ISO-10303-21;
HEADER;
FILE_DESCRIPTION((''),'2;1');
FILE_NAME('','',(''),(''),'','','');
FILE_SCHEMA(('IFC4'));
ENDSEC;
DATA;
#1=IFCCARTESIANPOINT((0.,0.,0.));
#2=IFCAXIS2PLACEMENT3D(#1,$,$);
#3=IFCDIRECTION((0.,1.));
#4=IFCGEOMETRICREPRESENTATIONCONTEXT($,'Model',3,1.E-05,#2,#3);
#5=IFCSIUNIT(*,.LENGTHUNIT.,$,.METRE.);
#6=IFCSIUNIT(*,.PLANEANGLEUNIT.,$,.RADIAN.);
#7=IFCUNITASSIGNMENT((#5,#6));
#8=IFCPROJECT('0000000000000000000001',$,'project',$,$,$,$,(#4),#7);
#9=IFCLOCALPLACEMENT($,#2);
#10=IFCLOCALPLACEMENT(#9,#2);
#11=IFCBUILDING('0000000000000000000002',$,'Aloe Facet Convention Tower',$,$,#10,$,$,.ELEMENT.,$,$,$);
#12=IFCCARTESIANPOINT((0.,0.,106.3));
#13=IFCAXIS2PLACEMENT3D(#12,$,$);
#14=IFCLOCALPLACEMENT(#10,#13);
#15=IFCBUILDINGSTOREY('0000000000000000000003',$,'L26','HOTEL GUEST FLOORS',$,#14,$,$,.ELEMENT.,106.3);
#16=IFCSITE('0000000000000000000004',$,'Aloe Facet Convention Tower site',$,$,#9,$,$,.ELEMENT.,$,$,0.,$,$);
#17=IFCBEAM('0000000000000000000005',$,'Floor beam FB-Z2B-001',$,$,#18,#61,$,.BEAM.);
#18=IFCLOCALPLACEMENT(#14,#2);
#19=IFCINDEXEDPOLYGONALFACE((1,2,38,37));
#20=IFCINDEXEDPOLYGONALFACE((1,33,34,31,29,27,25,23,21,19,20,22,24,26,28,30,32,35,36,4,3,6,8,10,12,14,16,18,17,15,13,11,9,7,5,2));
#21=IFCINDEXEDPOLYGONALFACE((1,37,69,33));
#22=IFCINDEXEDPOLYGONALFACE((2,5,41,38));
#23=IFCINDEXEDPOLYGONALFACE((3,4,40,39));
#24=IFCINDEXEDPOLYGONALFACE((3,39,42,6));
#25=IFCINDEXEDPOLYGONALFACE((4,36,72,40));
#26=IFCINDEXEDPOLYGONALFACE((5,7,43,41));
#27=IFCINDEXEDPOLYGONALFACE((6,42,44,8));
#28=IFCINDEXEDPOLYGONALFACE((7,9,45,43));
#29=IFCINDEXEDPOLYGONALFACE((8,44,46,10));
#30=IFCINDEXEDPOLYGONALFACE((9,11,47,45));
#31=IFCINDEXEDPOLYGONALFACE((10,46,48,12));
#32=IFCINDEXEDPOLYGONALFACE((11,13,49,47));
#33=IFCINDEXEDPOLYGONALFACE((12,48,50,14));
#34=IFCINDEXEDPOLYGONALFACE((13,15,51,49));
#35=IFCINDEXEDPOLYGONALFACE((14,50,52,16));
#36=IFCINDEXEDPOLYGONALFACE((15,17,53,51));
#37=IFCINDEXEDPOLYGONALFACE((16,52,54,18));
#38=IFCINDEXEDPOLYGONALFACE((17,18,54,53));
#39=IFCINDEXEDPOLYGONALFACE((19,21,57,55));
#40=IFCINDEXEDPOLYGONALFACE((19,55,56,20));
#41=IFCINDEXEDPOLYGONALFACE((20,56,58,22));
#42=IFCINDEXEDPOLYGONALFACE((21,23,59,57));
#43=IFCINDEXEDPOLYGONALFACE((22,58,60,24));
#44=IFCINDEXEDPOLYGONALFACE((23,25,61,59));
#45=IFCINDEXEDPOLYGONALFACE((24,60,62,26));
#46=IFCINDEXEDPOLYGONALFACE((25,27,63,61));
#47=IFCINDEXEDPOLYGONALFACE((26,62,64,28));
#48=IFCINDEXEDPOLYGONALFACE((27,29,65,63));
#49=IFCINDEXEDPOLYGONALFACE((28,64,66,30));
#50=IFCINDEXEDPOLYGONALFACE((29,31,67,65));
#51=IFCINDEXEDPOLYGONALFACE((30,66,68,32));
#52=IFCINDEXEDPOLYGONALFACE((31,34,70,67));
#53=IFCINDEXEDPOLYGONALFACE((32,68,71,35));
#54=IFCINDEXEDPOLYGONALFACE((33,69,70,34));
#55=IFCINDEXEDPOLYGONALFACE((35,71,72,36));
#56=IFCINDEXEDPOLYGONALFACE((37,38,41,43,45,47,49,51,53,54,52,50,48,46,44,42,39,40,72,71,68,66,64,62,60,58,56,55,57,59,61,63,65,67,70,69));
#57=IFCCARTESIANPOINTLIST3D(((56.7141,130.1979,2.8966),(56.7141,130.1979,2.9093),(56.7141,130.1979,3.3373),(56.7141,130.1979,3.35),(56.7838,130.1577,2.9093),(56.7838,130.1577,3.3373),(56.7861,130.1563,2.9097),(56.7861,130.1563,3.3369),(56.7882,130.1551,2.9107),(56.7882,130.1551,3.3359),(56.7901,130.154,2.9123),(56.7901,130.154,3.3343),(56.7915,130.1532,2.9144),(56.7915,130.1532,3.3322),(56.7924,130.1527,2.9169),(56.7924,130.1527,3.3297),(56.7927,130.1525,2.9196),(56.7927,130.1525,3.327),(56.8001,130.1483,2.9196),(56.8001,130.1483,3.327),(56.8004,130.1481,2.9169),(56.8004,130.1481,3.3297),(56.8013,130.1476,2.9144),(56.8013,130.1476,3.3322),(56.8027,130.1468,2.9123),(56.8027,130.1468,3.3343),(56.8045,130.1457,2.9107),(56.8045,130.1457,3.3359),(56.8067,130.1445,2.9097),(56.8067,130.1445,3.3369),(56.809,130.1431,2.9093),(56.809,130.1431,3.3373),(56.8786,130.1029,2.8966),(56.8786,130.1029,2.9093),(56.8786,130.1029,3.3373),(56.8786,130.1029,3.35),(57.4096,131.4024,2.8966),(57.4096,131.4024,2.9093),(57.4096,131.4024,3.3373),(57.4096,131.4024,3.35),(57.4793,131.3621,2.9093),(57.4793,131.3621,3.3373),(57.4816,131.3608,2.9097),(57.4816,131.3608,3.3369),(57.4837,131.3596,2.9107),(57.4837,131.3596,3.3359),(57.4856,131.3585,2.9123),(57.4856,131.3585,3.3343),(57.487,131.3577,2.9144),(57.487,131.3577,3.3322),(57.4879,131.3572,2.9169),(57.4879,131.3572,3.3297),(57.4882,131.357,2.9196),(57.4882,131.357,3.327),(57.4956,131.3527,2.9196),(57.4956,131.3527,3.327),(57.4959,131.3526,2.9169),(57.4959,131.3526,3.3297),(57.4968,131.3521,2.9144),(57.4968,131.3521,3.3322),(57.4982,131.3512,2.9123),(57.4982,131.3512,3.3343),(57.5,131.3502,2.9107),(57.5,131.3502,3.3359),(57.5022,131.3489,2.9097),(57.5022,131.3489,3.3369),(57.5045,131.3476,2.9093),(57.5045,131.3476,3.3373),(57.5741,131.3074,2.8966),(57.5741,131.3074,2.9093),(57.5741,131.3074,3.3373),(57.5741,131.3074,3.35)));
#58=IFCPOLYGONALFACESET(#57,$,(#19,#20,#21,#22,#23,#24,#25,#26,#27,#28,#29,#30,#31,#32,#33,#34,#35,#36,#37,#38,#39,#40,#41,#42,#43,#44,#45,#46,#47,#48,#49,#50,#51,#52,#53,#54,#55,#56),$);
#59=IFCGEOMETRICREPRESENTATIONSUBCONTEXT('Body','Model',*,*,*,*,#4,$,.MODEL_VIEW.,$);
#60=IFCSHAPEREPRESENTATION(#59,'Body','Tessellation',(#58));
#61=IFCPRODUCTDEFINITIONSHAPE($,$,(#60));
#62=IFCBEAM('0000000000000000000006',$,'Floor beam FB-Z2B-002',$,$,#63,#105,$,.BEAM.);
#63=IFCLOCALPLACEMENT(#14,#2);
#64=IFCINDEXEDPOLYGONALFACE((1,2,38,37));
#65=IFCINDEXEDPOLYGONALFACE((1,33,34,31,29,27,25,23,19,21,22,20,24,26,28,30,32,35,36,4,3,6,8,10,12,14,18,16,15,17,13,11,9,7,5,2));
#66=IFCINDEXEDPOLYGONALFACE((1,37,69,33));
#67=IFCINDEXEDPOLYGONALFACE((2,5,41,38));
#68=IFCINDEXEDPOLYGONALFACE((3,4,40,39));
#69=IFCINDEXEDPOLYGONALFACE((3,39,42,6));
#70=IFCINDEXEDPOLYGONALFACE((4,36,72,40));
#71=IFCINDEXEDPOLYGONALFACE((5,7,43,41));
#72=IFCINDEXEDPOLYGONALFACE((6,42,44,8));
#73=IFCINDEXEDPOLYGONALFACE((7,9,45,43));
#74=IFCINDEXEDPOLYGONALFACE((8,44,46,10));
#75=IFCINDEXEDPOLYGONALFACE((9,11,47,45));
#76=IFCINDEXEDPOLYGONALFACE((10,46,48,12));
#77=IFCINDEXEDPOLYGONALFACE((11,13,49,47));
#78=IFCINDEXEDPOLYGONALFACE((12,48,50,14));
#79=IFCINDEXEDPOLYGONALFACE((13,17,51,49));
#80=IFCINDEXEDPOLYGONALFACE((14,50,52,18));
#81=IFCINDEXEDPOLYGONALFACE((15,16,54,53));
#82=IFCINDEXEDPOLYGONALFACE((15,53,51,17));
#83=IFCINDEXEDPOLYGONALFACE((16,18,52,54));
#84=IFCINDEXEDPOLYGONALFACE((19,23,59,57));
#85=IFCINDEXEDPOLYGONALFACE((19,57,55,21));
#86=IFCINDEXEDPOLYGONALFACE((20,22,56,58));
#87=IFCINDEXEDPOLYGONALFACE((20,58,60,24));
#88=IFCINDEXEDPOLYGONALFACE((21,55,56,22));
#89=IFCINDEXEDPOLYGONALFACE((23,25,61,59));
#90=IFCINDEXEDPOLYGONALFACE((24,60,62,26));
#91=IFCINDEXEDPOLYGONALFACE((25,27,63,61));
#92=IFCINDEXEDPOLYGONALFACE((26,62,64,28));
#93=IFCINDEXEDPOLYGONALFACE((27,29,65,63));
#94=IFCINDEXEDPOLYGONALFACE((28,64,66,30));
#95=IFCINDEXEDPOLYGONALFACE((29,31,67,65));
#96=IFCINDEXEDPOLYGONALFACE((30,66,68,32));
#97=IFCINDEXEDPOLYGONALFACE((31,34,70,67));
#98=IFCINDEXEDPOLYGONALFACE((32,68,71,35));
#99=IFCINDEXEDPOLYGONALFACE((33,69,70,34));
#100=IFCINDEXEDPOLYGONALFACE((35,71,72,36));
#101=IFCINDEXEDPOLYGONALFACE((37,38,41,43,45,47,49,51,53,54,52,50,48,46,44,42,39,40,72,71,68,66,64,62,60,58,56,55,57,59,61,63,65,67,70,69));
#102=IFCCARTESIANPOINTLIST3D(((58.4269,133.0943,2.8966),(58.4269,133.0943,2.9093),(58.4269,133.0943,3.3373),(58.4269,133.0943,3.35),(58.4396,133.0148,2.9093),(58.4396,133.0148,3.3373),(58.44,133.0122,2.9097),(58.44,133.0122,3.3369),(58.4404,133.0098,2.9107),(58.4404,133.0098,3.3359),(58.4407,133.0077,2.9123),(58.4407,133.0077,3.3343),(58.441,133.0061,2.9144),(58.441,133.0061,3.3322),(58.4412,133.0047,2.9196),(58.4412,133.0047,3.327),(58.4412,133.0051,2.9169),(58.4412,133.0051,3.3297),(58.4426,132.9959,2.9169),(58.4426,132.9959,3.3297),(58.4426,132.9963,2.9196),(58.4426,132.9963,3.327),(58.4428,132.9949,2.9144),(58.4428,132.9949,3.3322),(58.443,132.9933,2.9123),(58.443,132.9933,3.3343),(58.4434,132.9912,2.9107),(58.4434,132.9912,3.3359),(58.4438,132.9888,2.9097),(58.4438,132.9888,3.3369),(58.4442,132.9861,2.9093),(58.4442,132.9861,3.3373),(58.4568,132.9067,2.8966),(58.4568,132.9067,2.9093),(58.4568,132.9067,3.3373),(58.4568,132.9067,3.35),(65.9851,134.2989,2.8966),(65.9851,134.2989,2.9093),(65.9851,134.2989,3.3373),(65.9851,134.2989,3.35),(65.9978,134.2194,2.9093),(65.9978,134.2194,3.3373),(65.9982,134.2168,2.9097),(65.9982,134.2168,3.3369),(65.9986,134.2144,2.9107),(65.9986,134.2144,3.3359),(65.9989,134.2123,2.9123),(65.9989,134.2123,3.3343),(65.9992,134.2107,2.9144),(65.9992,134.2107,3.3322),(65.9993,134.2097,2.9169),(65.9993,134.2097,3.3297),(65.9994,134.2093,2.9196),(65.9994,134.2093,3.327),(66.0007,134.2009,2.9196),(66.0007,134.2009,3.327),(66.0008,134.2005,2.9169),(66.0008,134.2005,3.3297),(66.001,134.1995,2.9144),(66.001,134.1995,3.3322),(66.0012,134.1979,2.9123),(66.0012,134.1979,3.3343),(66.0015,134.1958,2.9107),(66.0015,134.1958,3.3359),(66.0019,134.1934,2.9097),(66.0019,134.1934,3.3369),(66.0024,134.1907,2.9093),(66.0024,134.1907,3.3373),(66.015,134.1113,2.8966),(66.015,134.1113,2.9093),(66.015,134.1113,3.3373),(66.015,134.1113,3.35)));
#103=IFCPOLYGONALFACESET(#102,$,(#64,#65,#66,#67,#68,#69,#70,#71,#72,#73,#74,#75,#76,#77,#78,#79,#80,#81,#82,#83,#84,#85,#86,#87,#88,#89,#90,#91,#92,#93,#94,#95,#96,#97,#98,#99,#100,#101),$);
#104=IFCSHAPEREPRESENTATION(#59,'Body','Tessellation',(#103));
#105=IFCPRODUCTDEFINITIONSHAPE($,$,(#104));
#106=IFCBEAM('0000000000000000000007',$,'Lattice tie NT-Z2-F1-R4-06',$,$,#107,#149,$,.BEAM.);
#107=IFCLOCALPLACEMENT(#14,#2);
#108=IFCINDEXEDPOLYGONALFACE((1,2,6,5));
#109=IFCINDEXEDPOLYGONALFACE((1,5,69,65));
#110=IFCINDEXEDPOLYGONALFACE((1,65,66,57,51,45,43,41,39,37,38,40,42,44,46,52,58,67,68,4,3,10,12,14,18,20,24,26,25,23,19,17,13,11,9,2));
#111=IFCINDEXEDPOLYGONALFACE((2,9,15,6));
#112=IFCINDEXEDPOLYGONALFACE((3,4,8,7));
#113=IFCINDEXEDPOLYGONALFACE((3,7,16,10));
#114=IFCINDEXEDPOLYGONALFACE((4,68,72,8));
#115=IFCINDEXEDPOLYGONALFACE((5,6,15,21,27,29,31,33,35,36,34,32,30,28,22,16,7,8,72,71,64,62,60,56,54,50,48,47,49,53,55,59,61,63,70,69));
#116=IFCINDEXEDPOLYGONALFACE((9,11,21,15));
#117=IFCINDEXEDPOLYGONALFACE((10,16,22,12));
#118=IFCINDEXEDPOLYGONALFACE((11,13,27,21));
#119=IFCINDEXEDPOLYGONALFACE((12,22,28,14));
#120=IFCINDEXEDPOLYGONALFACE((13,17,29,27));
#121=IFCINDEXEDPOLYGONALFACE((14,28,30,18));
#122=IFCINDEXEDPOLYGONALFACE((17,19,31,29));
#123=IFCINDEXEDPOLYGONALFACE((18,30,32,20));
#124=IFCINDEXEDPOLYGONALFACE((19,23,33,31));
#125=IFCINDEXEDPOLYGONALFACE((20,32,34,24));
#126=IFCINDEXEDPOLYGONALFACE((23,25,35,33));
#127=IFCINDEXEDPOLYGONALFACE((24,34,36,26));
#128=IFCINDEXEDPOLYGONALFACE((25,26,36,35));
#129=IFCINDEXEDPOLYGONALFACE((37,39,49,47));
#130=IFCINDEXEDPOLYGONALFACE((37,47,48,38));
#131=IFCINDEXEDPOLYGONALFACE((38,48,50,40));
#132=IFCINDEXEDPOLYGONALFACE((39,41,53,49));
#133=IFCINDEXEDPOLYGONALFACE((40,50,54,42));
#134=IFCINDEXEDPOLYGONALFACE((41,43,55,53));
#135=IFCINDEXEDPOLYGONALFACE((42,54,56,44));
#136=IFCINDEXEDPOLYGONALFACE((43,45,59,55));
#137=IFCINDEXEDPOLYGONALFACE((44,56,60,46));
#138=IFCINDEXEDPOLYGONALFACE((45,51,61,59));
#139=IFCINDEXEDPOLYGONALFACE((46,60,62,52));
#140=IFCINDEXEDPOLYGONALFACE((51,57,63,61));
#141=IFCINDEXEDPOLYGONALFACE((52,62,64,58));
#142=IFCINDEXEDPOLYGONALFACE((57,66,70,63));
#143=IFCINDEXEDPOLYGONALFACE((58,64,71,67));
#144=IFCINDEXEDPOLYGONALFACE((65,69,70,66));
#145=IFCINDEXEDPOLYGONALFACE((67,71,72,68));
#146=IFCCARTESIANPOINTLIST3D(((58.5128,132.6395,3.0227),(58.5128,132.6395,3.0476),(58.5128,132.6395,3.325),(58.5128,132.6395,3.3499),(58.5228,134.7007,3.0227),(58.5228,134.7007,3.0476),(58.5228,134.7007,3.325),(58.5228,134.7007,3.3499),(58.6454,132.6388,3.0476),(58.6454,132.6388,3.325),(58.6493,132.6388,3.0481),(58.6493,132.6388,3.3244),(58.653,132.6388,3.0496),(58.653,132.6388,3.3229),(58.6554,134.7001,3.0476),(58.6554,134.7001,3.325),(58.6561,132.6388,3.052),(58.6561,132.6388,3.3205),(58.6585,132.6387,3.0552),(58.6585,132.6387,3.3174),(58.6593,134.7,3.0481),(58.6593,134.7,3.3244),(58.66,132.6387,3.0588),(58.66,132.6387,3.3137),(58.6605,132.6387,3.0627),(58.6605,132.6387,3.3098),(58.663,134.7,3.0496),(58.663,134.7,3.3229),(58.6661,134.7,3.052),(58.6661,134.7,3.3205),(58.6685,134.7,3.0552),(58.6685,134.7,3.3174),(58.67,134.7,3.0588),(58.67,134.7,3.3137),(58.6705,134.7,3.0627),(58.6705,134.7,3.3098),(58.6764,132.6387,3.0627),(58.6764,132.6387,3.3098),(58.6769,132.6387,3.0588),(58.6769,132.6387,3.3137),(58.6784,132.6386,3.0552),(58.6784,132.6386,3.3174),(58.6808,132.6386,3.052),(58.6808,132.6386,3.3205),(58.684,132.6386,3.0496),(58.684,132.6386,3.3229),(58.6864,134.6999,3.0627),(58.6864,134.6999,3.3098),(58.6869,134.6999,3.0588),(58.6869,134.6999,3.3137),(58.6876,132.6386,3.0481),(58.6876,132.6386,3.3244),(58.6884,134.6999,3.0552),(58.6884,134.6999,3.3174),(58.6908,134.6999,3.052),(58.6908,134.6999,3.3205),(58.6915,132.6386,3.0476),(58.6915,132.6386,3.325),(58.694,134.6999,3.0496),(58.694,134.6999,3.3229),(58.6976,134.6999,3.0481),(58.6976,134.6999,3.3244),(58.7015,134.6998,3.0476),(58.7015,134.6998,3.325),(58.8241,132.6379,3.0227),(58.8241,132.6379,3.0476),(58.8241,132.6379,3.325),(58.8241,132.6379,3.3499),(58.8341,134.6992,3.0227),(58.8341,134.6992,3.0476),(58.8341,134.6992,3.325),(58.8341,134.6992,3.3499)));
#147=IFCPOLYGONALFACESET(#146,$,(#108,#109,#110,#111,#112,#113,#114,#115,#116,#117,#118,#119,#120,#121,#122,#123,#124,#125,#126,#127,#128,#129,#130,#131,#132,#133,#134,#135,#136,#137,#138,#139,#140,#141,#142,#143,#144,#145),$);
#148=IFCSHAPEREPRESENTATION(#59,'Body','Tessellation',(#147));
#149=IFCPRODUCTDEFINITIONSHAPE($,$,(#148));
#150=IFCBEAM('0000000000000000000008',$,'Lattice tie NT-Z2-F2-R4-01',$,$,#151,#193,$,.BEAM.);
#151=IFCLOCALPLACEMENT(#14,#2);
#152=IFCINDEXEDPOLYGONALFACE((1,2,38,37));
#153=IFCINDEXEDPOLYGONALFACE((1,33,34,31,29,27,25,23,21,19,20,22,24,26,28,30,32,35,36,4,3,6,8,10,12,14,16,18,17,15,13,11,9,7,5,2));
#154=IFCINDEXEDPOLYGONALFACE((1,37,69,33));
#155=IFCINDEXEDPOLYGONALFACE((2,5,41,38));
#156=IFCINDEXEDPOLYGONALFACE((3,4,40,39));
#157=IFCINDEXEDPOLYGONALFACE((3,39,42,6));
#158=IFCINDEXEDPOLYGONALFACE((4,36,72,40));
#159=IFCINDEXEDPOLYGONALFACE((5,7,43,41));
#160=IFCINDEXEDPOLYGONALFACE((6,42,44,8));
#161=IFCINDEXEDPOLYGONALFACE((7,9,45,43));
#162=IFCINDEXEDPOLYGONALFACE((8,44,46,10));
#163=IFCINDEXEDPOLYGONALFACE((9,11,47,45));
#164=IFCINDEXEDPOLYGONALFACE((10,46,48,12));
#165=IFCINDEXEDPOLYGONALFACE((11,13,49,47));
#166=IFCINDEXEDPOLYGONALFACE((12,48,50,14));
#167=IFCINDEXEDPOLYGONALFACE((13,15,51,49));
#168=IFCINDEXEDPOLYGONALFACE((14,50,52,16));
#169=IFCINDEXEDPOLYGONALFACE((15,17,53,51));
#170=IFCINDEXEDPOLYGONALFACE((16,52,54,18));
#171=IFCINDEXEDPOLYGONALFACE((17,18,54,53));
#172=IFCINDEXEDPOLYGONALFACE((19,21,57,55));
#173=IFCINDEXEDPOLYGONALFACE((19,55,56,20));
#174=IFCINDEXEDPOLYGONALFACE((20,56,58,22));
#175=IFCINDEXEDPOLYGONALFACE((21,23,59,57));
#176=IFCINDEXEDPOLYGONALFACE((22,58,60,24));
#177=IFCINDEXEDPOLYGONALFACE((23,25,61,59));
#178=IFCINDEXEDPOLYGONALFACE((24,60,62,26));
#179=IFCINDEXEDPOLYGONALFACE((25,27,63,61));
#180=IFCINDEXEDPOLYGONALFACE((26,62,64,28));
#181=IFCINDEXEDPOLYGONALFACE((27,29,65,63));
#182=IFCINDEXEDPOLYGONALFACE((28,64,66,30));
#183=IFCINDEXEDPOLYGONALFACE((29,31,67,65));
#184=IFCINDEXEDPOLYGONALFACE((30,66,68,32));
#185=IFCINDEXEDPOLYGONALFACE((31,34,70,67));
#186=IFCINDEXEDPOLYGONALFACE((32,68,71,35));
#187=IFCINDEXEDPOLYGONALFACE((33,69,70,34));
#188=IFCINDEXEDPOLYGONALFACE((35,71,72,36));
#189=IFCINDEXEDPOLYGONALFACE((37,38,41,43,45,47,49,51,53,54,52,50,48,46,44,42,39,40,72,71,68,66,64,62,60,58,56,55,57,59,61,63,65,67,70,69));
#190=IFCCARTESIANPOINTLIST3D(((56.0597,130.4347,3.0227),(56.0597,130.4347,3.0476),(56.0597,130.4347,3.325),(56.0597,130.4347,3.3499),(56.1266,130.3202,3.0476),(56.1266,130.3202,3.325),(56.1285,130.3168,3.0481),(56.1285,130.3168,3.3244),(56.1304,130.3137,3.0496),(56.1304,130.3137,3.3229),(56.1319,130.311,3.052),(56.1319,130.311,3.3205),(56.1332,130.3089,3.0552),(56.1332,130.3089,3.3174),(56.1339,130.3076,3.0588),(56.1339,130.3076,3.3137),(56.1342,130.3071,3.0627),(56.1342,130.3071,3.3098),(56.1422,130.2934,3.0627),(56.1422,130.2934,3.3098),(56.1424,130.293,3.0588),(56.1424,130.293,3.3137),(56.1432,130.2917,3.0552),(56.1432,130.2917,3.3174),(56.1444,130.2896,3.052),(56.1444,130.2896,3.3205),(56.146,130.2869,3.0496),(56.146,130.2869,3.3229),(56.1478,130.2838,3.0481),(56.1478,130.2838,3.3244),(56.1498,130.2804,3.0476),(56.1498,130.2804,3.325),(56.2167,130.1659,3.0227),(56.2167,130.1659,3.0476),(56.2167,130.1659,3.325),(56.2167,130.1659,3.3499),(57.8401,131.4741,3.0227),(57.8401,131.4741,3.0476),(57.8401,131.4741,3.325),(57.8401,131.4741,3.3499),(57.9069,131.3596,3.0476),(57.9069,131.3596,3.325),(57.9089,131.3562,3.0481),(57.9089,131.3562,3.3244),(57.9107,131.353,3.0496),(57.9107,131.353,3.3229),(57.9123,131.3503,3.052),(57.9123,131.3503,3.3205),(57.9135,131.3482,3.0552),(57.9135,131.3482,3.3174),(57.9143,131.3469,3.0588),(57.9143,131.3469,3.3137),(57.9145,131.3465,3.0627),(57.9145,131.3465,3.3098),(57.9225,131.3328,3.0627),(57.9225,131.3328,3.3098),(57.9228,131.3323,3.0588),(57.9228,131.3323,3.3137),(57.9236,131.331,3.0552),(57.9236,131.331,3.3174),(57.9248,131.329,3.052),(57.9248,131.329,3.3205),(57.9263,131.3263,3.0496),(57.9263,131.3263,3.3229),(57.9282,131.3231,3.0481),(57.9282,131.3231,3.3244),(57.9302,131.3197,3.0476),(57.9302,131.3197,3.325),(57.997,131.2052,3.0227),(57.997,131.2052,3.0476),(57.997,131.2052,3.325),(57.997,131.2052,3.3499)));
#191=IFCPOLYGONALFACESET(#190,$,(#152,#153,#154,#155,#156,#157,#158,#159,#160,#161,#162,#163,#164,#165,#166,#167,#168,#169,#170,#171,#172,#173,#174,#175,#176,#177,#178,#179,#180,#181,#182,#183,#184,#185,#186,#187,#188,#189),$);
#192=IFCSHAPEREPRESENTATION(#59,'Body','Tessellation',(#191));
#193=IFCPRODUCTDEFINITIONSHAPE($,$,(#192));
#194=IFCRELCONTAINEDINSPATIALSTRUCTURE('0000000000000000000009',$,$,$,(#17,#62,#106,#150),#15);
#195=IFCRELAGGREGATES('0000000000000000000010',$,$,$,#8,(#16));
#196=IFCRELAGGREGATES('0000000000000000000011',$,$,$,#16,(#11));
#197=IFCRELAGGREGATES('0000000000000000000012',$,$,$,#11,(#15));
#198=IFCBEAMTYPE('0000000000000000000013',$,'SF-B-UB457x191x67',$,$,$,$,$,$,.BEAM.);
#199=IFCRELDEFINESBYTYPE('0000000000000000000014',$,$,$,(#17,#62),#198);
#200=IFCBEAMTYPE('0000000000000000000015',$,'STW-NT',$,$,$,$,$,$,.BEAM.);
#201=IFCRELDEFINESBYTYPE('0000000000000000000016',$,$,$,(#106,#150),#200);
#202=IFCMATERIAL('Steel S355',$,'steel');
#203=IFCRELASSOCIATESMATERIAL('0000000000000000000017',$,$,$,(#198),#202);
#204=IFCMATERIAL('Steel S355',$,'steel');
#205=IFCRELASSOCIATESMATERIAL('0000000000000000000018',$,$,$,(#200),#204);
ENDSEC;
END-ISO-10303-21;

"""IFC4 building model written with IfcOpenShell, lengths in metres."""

from ifc_helpers import new_model, si_unit, direction, frame, origin, origin_2d, place, context, subcontext, project, spatial, i_section, extrude, material, material_profile, profile_set, type_object, element, save


model = new_model("IFC4")

# Units and contexts
model_context = context("Model", 3, precision=1e-05, world=origin(), true_north=direction((0.0, 1.0)))
body_context = subcontext(model_context, "Body", "Model", "MODEL_VIEW")
ifc_project = project(units=[si_unit("LENGTHUNIT", "METRE"), si_unit("PLANEANGLEUNIT", "RADIAN")], contexts=[model_context])

# Site, building, storey
site_placement = place(None, origin())
site = spatial("IfcSite", under=ifc_project, at=site_placement, Name="Aloe Facet Convention Tower site", CompositionType="ELEMENT", RefElevation=0.0)
building_placement = place(site_placement, origin())
building = spatial("IfcBuilding", under=site, at=building_placement, Name="Aloe Facet Convention Tower", CompositionType="ELEMENT")
storey_placement = place(building_placement, frame((0.0, 0.0, 106.3)))
storey = spatial("IfcBuildingStorey", under=building, at=storey_placement, Name="L26", Description="HOTEL GUEST FLOORS", CompositionType="ELEMENT", Elevation=106.3)

# Beams
ifc_material_1 = material(Name="Steel S355", Category="steel")
ifc_material_profile_1 = material_profile(ifc_material_1, i_section(OverallWidth=0.1899, OverallDepth=0.4534, WebThickness=0.0085, FlangeThickness=0.0127, FilletRadius=0.0103, at=origin_2d()), Name="UB 457x191x67")
ifc_profile_set_1 = profile_set([ifc_material_profile_1], Name="Steel S355")
beam_type_1 = type_object("IfcBeamType", Name="SF-B-UB457x191x67", PredefinedType="BEAM", material=ifc_profile_set_1)
beam_1_placement = place(storey_placement, frame((56.7964, 130.1504, 3.1233), z_axis=(0.500047, 0.865999, 0.0), x_axis=(-0.865999, 0.500047, 0.0)))
element("IfcBeam", 1, at=beam_1_placement, inside=storey, type_object=beam_type_1, Name="Floor beam FB-Z2B-001", PredefinedType="BEAM", context=body_context, shape_type="SweptSolid", body=[
    extrude(i_section(OverallWidth=0.1899, OverallDepth=0.4534, WebThickness=0.0085, FlangeThickness=0.0127, FilletRadius=0.0103, at=origin_2d()), origin(), (0.0, 0.0, 1.0), 1.3909),
])
beam_2_placement = place(storey_placement, frame((58.4419, 133.0005, 3.1233), z_axis=(0.987536, 0.157391, 0.0), x_axis=(-0.157391, 0.987536, 0.0)))
element("IfcBeam", 2, at=beam_2_placement, inside=storey, type_object=beam_type_1, Name="Floor beam FB-Z2B-002", PredefinedType="BEAM", context=body_context, shape_type="SweptSolid", body=[
    extrude(i_section(OverallWidth=0.1899, OverallDepth=0.4534, WebThickness=0.0085, FlangeThickness=0.0127, FilletRadius=0.0103, at=origin_2d()), origin(), (0.0, 0.0, 1.0), 7.6536),
])
ifc_material_2 = material(Name="Steel S355", Category="steel")
ifc_material_profile_2 = material_profile(ifc_material_2, i_section(OverallWidth=0.3113, OverallDepth=0.3271, WebThickness=0.0159, FlangeThickness=0.0249, FilletRadius=0.0151, at=origin_2d()), Name="UC 305x305x158")
ifc_profile_set_2 = profile_set([ifc_material_profile_2], Name="Steel S355")
beam_type_2 = type_object("IfcBeamType", Name="STW-NT", PredefinedType="BEAM", material=ifc_profile_set_2)
beam_3_placement = place(storey_placement, frame((58.6785, 134.7, 3.1863), z_axis=(-0.004856, -0.999988, 0.0), x_axis=(0.999988, -0.004856, 0.0)))
element("IfcBeam", 3, at=beam_3_placement, inside=storey, type_object=beam_type_2, Name="Lattice tie NT-Z2-F1-R4-06", PredefinedType="BEAM", context=body_context, shape_type="SweptSolid", body=[
    extrude(i_section(OverallWidth=0.3113, OverallDepth=0.3271, WebThickness=0.0159, FlangeThickness=0.0249, FilletRadius=0.0151, at=origin_2d()), origin(), (0.0, 0.0, 1.0), 2.0613),
])
beam_4_placement = place(storey_placement, frame((56.1382, 130.3003, 3.1863), z_axis=(0.863607, 0.504166, 0.0), x_axis=(-0.504166, 0.863607, 0.0)))
element("IfcBeam", 4, at=beam_4_placement, inside=storey, type_object=beam_type_2, Name="Lattice tie NT-Z2-F2-R4-01", PredefinedType="BEAM", context=body_context, shape_type="SweptSolid", body=[
    extrude(i_section(OverallWidth=0.3113, OverallDepth=0.3271, WebThickness=0.0159, FlangeThickness=0.0249, FilletRadius=0.0151, at=origin_2d()), origin(), (0.0, 0.0, 1.0), 2.0615),
])

save(model, "model.ifc")
